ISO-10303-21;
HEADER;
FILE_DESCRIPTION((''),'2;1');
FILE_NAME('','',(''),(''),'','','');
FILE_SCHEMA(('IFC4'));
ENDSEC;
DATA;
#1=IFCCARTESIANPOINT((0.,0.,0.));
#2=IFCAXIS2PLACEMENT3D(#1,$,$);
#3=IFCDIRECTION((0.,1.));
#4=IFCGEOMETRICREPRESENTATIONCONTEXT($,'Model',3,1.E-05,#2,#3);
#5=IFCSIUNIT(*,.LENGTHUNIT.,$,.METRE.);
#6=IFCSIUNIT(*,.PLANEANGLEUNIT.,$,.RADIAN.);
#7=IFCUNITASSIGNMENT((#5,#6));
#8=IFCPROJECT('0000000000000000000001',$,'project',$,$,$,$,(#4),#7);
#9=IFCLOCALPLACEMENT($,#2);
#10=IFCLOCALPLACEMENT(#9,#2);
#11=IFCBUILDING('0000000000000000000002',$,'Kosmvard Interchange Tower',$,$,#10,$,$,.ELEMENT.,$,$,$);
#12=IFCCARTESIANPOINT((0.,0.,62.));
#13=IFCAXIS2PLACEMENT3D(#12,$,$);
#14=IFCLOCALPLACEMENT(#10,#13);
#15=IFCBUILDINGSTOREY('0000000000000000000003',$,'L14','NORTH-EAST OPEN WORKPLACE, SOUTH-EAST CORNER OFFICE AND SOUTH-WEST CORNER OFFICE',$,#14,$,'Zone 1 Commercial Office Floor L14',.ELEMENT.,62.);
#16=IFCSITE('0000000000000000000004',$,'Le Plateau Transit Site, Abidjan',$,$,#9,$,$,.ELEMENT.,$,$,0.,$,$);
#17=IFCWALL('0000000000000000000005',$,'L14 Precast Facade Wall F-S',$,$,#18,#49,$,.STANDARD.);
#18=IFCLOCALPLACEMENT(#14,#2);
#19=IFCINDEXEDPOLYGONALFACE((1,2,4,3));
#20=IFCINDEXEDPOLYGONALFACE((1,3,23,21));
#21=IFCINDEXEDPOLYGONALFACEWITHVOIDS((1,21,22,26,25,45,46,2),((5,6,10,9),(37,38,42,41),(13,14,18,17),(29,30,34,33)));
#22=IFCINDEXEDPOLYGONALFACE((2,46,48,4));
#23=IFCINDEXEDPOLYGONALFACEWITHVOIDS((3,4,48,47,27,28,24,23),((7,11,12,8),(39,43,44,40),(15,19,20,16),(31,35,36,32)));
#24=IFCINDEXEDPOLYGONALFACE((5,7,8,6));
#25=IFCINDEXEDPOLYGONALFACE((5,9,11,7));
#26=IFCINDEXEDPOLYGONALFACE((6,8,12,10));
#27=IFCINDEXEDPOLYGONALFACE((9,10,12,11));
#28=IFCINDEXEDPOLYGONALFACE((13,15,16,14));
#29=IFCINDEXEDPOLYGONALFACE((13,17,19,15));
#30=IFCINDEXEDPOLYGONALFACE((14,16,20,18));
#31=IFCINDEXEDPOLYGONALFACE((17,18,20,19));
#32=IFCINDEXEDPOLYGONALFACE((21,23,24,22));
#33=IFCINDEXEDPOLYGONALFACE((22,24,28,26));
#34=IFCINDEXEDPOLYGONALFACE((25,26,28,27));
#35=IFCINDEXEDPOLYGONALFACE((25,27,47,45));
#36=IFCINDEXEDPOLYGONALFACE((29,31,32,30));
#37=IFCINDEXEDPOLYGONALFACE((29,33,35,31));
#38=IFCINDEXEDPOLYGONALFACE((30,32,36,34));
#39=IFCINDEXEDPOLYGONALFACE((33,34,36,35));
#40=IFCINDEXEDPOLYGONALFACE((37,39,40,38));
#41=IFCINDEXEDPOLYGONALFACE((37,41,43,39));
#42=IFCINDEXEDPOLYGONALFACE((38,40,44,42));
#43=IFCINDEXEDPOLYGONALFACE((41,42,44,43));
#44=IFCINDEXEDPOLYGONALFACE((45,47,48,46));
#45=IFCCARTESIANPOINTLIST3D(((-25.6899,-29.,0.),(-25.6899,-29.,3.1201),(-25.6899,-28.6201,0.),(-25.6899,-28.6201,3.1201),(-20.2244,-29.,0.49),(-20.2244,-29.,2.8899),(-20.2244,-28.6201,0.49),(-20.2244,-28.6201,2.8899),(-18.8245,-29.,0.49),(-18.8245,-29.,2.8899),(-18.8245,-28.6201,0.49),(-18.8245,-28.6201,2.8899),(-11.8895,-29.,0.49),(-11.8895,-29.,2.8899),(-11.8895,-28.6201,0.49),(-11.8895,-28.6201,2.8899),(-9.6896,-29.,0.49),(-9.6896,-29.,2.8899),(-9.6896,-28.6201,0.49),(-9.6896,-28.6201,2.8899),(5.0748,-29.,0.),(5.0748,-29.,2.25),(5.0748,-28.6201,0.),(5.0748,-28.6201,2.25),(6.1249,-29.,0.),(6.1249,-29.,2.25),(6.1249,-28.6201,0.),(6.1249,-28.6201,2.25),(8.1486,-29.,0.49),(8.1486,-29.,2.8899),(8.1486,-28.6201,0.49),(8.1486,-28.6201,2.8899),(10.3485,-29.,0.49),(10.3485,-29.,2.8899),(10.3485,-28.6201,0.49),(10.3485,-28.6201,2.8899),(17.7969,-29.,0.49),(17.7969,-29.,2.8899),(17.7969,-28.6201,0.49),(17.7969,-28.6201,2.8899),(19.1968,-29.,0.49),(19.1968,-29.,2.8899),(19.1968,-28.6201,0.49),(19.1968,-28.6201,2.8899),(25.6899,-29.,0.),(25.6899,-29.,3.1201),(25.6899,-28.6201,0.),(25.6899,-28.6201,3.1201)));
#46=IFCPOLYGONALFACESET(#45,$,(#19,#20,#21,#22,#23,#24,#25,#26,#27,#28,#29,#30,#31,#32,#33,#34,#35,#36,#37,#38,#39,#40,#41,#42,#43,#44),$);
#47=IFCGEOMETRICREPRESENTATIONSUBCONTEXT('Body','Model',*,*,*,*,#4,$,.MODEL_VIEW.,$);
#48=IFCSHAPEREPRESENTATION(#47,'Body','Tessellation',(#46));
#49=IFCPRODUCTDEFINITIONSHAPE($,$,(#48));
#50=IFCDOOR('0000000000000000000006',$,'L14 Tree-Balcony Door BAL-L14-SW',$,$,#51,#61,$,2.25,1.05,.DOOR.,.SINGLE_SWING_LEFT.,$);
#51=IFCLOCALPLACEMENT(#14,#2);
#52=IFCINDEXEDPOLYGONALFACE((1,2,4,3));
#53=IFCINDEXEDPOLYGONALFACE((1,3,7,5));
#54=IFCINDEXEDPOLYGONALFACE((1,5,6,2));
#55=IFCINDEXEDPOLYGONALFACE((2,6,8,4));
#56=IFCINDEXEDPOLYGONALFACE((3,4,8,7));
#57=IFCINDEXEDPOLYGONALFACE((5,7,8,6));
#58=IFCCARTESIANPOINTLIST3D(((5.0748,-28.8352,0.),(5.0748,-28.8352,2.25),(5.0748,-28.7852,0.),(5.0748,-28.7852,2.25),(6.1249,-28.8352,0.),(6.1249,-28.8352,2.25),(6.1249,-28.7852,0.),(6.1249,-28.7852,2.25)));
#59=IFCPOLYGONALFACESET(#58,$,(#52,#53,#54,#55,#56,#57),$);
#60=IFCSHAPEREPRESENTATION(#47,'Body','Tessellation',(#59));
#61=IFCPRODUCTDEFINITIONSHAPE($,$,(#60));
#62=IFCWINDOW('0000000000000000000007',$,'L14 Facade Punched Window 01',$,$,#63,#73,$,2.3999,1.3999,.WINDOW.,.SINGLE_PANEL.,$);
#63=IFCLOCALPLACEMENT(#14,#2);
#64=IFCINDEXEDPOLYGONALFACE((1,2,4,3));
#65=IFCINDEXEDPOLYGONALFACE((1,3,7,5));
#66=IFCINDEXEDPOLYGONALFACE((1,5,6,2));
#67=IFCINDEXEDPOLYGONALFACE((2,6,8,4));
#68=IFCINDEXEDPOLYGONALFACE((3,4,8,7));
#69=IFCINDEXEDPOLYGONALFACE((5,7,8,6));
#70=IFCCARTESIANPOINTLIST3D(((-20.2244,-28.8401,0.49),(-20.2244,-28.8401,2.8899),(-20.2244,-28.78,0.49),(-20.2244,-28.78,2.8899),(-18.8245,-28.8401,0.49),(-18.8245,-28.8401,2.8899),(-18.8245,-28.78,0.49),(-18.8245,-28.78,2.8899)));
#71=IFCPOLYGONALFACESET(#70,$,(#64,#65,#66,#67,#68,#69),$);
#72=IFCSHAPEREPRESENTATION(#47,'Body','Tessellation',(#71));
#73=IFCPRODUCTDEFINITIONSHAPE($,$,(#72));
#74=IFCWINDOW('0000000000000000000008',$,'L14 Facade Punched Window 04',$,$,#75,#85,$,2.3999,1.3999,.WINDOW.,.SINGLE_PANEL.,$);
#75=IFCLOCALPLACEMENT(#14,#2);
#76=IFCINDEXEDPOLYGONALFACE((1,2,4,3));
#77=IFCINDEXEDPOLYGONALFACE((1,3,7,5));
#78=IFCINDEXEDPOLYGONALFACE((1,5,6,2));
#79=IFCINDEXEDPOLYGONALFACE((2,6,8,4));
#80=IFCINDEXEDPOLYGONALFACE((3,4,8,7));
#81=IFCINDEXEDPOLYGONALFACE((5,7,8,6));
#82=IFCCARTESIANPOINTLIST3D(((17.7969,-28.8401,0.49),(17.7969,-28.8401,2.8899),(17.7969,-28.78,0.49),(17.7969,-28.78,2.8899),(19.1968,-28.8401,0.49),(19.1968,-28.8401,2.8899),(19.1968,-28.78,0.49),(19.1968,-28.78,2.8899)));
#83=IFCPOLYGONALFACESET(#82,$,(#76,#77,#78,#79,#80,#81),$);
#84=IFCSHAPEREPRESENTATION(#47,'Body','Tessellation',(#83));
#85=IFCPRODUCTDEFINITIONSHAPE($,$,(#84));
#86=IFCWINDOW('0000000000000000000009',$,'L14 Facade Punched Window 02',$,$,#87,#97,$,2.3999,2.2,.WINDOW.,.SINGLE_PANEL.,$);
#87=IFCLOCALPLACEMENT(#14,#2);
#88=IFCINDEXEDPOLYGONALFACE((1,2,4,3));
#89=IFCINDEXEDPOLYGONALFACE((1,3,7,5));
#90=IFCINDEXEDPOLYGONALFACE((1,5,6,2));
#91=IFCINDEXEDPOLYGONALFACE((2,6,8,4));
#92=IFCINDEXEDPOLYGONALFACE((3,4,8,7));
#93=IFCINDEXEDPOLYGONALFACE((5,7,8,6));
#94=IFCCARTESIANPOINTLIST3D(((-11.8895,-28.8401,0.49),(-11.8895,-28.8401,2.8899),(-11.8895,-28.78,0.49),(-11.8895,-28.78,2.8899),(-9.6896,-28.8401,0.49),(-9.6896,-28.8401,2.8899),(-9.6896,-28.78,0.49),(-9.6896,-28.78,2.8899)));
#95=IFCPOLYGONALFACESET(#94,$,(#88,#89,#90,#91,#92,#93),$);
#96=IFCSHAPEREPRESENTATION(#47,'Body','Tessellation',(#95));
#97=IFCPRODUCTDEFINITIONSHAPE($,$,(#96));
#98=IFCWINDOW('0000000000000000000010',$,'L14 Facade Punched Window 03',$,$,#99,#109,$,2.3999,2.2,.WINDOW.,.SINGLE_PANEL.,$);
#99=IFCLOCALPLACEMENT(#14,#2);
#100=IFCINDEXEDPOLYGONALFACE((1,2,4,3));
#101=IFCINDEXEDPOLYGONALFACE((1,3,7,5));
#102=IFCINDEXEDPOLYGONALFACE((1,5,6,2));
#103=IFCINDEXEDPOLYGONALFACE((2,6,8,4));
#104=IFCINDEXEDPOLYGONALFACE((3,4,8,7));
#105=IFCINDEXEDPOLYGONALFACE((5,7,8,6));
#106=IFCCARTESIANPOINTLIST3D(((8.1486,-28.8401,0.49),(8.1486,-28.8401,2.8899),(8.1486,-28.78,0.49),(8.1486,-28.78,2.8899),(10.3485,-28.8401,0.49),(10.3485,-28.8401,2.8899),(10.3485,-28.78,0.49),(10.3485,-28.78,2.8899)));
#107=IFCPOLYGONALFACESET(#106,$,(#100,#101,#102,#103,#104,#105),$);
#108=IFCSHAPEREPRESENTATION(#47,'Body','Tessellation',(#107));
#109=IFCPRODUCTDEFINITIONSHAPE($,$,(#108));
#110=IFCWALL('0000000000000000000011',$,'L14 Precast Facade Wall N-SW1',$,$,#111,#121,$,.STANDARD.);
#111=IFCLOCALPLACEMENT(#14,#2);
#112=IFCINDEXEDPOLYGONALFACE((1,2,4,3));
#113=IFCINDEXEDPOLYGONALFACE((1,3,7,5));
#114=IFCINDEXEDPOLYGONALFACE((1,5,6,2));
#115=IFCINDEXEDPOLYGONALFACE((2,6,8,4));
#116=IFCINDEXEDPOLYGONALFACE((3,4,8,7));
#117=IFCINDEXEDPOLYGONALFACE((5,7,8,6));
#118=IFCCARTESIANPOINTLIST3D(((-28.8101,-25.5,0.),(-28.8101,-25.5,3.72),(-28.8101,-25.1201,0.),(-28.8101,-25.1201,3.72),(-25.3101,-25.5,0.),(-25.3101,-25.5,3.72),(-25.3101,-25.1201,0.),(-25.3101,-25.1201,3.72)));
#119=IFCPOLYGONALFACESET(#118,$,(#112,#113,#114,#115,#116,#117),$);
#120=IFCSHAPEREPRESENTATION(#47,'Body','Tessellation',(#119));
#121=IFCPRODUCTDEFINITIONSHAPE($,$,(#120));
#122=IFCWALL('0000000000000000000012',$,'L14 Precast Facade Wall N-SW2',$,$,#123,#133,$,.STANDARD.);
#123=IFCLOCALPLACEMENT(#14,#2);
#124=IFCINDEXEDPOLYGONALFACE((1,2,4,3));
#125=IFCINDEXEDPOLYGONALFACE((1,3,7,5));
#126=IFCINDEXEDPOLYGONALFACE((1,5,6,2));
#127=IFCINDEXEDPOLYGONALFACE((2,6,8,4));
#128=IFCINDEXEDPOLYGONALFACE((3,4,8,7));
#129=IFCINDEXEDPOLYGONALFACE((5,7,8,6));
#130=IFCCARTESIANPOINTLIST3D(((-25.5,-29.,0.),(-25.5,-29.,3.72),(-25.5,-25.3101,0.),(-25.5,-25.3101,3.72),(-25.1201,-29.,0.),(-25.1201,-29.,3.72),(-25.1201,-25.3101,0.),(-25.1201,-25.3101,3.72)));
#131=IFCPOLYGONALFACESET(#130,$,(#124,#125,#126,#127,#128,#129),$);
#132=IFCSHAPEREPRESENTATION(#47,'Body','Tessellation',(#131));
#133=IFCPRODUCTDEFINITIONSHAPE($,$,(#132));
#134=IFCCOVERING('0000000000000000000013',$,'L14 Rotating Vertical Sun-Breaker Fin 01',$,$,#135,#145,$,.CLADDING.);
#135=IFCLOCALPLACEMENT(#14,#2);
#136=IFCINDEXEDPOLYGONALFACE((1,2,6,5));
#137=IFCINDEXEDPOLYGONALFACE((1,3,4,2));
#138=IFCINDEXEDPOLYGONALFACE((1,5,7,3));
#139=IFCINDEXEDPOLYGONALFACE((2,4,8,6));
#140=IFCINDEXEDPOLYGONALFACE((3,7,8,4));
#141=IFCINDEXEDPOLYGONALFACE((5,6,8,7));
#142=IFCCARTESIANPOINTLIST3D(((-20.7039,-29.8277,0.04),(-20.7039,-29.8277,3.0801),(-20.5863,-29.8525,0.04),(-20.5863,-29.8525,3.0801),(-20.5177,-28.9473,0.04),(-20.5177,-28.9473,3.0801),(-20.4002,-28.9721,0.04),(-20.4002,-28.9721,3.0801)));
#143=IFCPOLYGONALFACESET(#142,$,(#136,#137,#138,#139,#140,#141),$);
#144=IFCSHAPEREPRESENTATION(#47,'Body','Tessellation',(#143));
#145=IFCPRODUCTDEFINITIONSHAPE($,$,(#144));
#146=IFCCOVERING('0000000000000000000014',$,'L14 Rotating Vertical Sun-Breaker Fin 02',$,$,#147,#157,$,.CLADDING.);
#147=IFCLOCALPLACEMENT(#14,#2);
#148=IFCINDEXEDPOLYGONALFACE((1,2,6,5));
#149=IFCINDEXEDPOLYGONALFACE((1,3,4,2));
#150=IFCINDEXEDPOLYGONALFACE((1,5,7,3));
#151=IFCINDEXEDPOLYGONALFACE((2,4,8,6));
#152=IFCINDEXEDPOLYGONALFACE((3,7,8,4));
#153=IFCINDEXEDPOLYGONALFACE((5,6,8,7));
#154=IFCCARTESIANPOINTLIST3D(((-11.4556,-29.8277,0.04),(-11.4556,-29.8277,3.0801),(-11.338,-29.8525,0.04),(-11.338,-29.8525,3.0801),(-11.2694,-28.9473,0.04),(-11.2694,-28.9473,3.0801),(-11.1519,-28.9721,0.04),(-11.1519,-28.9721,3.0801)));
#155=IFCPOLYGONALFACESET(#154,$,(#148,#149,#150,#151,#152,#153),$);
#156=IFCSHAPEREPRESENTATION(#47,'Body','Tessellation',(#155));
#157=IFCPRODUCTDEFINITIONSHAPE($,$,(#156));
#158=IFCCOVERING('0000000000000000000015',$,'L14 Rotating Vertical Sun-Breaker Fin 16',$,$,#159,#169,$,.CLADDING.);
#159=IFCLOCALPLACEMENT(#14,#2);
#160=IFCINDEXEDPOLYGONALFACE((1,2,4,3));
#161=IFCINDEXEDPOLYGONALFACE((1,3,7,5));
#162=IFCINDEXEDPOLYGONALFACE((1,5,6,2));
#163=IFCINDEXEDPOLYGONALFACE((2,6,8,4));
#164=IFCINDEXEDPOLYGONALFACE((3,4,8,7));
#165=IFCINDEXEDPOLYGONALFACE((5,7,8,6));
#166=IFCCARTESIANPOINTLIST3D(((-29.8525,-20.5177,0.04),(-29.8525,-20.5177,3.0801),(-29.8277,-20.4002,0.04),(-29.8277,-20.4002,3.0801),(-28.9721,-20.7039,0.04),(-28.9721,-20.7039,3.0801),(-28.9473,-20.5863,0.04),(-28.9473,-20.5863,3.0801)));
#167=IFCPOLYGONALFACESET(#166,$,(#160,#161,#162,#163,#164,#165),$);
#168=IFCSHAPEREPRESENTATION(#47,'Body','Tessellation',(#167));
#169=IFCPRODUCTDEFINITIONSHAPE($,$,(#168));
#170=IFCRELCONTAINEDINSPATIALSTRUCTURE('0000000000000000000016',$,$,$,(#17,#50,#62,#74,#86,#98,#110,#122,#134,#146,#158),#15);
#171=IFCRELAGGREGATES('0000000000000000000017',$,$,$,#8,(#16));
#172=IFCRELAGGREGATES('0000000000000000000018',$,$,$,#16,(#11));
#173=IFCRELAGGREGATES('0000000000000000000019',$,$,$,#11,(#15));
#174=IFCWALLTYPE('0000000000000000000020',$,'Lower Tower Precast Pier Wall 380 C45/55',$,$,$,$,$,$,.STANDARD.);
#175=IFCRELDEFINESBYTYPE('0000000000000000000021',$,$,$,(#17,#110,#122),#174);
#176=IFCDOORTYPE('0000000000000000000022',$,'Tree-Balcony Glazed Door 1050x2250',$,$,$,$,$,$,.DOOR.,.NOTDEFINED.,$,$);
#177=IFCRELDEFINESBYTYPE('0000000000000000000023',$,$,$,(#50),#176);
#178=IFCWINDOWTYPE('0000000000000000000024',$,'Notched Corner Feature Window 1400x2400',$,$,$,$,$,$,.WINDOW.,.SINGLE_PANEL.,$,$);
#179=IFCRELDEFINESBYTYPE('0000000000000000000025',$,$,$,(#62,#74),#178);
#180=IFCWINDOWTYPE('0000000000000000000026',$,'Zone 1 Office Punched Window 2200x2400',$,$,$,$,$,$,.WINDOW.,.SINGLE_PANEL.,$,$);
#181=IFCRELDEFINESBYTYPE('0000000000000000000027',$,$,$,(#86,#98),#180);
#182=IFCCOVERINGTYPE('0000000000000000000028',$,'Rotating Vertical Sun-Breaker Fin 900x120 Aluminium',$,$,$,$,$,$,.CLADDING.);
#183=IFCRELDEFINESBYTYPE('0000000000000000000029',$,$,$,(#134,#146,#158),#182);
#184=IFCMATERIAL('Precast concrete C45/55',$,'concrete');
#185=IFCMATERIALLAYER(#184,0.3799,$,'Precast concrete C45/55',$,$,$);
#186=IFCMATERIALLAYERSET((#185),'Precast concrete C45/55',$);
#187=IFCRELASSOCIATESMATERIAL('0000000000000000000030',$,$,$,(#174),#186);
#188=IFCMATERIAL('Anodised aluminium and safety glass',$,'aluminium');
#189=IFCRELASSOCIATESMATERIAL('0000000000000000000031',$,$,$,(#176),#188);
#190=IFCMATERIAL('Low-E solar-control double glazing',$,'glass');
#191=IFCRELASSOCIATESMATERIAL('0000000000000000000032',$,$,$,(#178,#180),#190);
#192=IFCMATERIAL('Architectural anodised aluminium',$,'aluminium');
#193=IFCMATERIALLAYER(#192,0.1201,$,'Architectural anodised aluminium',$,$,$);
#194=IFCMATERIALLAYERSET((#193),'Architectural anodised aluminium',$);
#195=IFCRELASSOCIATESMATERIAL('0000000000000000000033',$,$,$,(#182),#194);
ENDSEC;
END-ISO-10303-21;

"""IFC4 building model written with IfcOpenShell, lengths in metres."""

from ifc_helpers import new_model, si_unit, direction, frame, frame_2d, origin, origin_2d, place, context, subcontext, project, spatial, rectangle, extrude, source, transform, mapped, material, layer, layer_set, type_object, element, fill, save


model = new_model("IFC4")

# Units and contexts
model_context = context("Model", 3, precision=1e-05, world=origin(), true_north=direction((0.0, 1.0)))
body_context = subcontext(model_context, "Body", "Model", "MODEL_VIEW")
ifc_project = project(units=[si_unit("LENGTHUNIT", "METRE"), si_unit("PLANEANGLEUNIT", "RADIAN")], contexts=[model_context])

# Site, building, storey
site_placement = place(None, origin())
site = spatial("IfcSite", under=ifc_project, at=site_placement, Name="Le Plateau Transit Site, Abidjan", CompositionType="ELEMENT", RefElevation=0.0)
building_placement = place(site_placement, origin())
building = spatial("IfcBuilding", under=site, at=building_placement, Name="Kosmvard Interchange Tower", CompositionType="ELEMENT")
storey_placement = place(building_placement, frame((0.0, 0.0, 62.0)))
storey = spatial("IfcBuildingStorey", under=building, at=storey_placement, Name="L14", Description="NORTH-EAST OPEN WORKPLACE, SOUTH-EAST CORNER OFFICE AND SOUTH-WEST CORNER OFFICE", LongName="Zone 1 Commercial Office Floor L14", CompositionType="ELEMENT", Elevation=62.0)

# Shared definitions
ifc_material_1 = material(Name="Precast concrete C45/55", Category="concrete")

# Wall, openings, door, windows
ifc_layer_1 = layer(ifc_material_1, 0.3799, Name="Precast concrete C45/55")
ifc_layer_set_1 = layer_set([ifc_layer_1], Name="Precast concrete C45/55")
wall_type_1 = type_object("IfcWallType", Name="Lower Tower Precast Pier Wall 380 C45/55", PredefinedType="STANDARD", material=ifc_layer_set_1)
wall_1_placement = place(storey_placement, frame((-25.6899, -28.8101, 0.0), z_axis=(0.0, 0.0, 1.0), x_axis=(1.0, 0.0, 0.0)))
wall_1 = element("IfcWall", 1, at=wall_1_placement, inside=storey, type_object=wall_type_1, Name="L14 Precast Facade Wall F-S", PredefinedType="STANDARD", context=body_context, shape_type="SweptSolid", body=[
    extrude(rectangle(XDim=51.3799, YDim=0.3799, at=frame_2d((25.6899, 0.0))), origin(), (0.0, 0.0, 1.0), 3.1201),
])
opening_1_placement = place(wall_1_placement, frame((30.7649, 0.0, 0.0)))
opening_1 = element("IfcOpeningElement", 2, at=opening_1_placement, cuts=wall_1, PredefinedType="OPENING", context=body_context, shape_type="SweptSolid", body=[
    extrude(rectangle(XDim=1.05, YDim=2.25, at=frame_2d((0.5249, 1.125))), frame((0.0, 0.2, 0.0), z_axis=(0.0, -1.0, 0.0), x_axis=(1.0, 0.0, 0.0)), (0.0, 0.0, 1.0), 0.3999),
])
opening_2_placement = place(wall_1_placement, frame((5.4656, 0.0, 0.49)))
opening_2 = element("IfcOpeningElement", 3, at=opening_2_placement, cuts=wall_1, PredefinedType="OPENING", context=body_context, shape_type="SweptSolid", body=[
    extrude(rectangle(XDim=1.3999, YDim=2.3999, at=frame_2d((0.7, 1.2))), frame((0.0, 0.2, 0.0), z_axis=(0.0, -1.0, 0.0), x_axis=(1.0, 0.0, 0.0)), (0.0, 0.0, 1.0), 0.3999),
])
opening_3_placement = place(wall_1_placement, frame((13.8003, 0.0, 0.49)))
opening_3 = element("IfcOpeningElement", 4, at=opening_3_placement, cuts=wall_1, PredefinedType="OPENING", context=body_context, shape_type="SweptSolid", body=[
    extrude(rectangle(XDim=2.2, YDim=2.3999, at=frame_2d((1.1001, 1.2))), frame((0.0, 0.2, 0.0), z_axis=(0.0, -1.0, 0.0), x_axis=(1.0, 0.0, 0.0)), (0.0, 0.0, 1.0), 0.3999),
])
opening_4_placement = place(wall_1_placement, frame((33.8384, 0.0, 0.49)))
opening_4 = element("IfcOpeningElement", 5, at=opening_4_placement, cuts=wall_1, PredefinedType="OPENING", context=body_context, shape_type="SweptSolid", body=[
    extrude(rectangle(XDim=2.2, YDim=2.3999, at=frame_2d((1.1001, 1.2))), frame((0.0, 0.2, 0.0), z_axis=(0.0, -1.0, 0.0), x_axis=(1.0, 0.0, 0.0)), (0.0, 0.0, 1.0), 0.3999),
])
opening_5_placement = place(wall_1_placement, frame((43.4868, 0.0, 0.49)))
opening_5 = element("IfcOpeningElement", 6, at=opening_5_placement, cuts=wall_1, PredefinedType="OPENING", context=body_context, shape_type="SweptSolid", body=[
    extrude(rectangle(XDim=1.3999, YDim=2.3999, at=frame_2d((0.7, 1.2))), frame((0.0, 0.2, 0.0), z_axis=(0.0, -1.0, 0.0), x_axis=(1.0, 0.0, 0.0)), (0.0, 0.0, 1.0), 0.3999),
])
ifc_material_2 = material(Name="Anodised aluminium and safety glass", Category="aluminium")
door_type_1 = type_object("IfcDoorType", Name="Tree-Balcony Glazed Door 1050x2250", OperationType="NOTDEFINED", PredefinedType="DOOR", material=ifc_material_2)
shared_shape_1 = source(origin(), body_context, "Body", "SweptSolid", [
    extrude(rectangle(XDim=1.05, YDim=2.25, at=frame_2d((0.5249, 1.125))), frame((0.0, 0.0249, 0.0), z_axis=(0.0, -1.0, 0.0), x_axis=(1.0, 0.0, 0.0)), (0.0, 0.0, 1.0), 0.05),
])
door_1_placement = place(opening_1_placement, origin())
door_1 = element("IfcDoor", 7, at=door_1_placement, inside=storey, type_object=door_type_1, Name="L14 Tree-Balcony Door BAL-L14-SW", OperationType="SINGLE_SWING_LEFT", OverallHeight=2.25, OverallWidth=1.05, PredefinedType="DOOR", context=body_context, shape_type="MappedRepresentation", body=[
    mapped(shared_shape_1, transform((0.0, 0.0, 0.0), scale=1.0)),
])
fill(opening_1, door_1)
ifc_material_3 = material(Name="Low-E solar-control double glazing", Category="glass")
window_type_1 = type_object("IfcWindowType", Name="Notched Corner Feature Window 1400x2400", PartitioningType="SINGLE_PANEL", PredefinedType="WINDOW", material=ifc_material_3)
shared_shape_2 = source(origin(), body_context, "Body", "SweptSolid", [
    extrude(rectangle(XDim=1.3999, YDim=2.3999, at=frame_2d((0.7, 1.2))), frame((0.0, 0.03, 0.0), z_axis=(0.0, -1.0, 0.0), x_axis=(1.0, 0.0, 0.0)), (0.0, 0.0, 1.0), 0.0601),
])
window_1_placement = place(opening_2_placement, origin())
window_1 = element("IfcWindow", 8, at=window_1_placement, inside=storey, type_object=window_type_1, Name="L14 Facade Punched Window 01", OverallHeight=2.3999, OverallWidth=1.3999, PartitioningType="SINGLE_PANEL", PredefinedType="WINDOW", context=body_context, shape_type="MappedRepresentation", body=[
    mapped(shared_shape_2, transform((0.0, 0.0, 0.0), scale=1.0)),
])
fill(opening_2, window_1)
window_2_placement = place(opening_5_placement, origin())
window_2 = element("IfcWindow", 9, at=window_2_placement, inside=storey, type_object=window_type_1, Name="L14 Facade Punched Window 04", OverallHeight=2.3999, OverallWidth=1.3999, PartitioningType="SINGLE_PANEL", PredefinedType="WINDOW", context=body_context, shape_type="MappedRepresentation", body=[
    mapped(shared_shape_2, transform((0.0, 0.0, 0.0), scale=1.0)),
])
fill(opening_5, window_2)
window_type_2 = type_object("IfcWindowType", Name="Zone 1 Office Punched Window 2200x2400", PartitioningType="SINGLE_PANEL", PredefinedType="WINDOW", material=ifc_material_3)
shared_shape_3 = source(origin(), body_context, "Body", "SweptSolid", [
    extrude(rectangle(XDim=2.2, YDim=2.3999, at=frame_2d((1.1001, 1.2))), frame((0.0, 0.03, 0.0), z_axis=(0.0, -1.0, 0.0), x_axis=(1.0, 0.0, 0.0)), (0.0, 0.0, 1.0), 0.0601),
])
window_3_placement = place(opening_3_placement, origin())
window_3 = element("IfcWindow", 10, at=window_3_placement, inside=storey, type_object=window_type_2, Name="L14 Facade Punched Window 02", OverallHeight=2.3999, OverallWidth=2.2, PartitioningType="SINGLE_PANEL", PredefinedType="WINDOW", context=body_context, shape_type="MappedRepresentation", body=[
    mapped(shared_shape_3, transform((0.0, 0.0, 0.0), scale=1.0)),
])
fill(opening_3, window_3)
window_4_placement = place(opening_4_placement, origin())
window_4 = element("IfcWindow", 11, at=window_4_placement, inside=storey, type_object=window_type_2, Name="L14 Facade Punched Window 03", OverallHeight=2.3999, OverallWidth=2.2, PartitioningType="SINGLE_PANEL", PredefinedType="WINDOW", context=body_context, shape_type="MappedRepresentation", body=[
    mapped(shared_shape_3, transform((0.0, 0.0, 0.0), scale=1.0)),
])
fill(opening_4, window_4)

# Walls
wall_2_placement = place(storey_placement, frame((-28.8101, -25.3101, 0.0), z_axis=(0.0, 0.0, 1.0), x_axis=(1.0, 0.0, 0.0)))
element("IfcWall", 12, at=wall_2_placement, inside=storey, type_object=wall_type_1, Name="L14 Precast Facade Wall N-SW1", PredefinedType="STANDARD", context=body_context, shape_type="SweptSolid", body=[
    extrude(rectangle(XDim=3.5, YDim=0.3799, at=frame_2d((1.75, 0.0))), origin(), (0.0, 0.0, 1.0), 3.72),
])
wall_3_placement = place(storey_placement, frame((-25.3101, -25.3101, 0.0), z_axis=(0.0, 0.0, 1.0), x_axis=(0.0, -1.0, 0.0)))
element("IfcWall", 13, at=wall_3_placement, inside=storey, type_object=wall_type_1, Name="L14 Precast Facade Wall N-SW2", PredefinedType="STANDARD", context=body_context, shape_type="SweptSolid", body=[
    extrude(rectangle(XDim=3.6899, YDim=0.3799, at=frame_2d((1.845, 0.0))), origin(), (0.0, 0.0, 1.0), 3.72),
])

# Coverings
ifc_material_4 = material(Name="Architectural anodised aluminium", Category="aluminium")
ifc_layer_2 = layer(ifc_material_4, 0.1201, Name="Architectural anodised aluminium")
ifc_layer_set_2 = layer_set([ifc_layer_2], Name="Architectural anodised aluminium")
covering_type = type_object("IfcCoveringType", Name="Rotating Vertical Sun-Breaker Fin 900x120 Aluminium", PredefinedType="CLADDING", material=ifc_layer_set_2)
shared_shape_4 = source(origin(), body_context, "Body", "SweptSolid", [
    extrude(rectangle(XDim=0.8999, YDim=0.1201, at=origin_2d()), origin(), (0.0, 0.0, 1.0), 3.04),
])
for number, where, z_axis, x_axis, name in (
    (14, (-20.552, -29.3999, 0.04), (0.0, 0.0, 1.0), (-0.206887, -0.978365, 0.0), "L14 Rotating Vertical Sun-Breaker Fin 01"),
    (15, (-11.3037, -29.3999, 0.04), (0.0, 0.0, 1.0), (-0.206887, -0.978365, 0.0), "L14 Rotating Vertical Sun-Breaker Fin 02"),
    (16, (-29.3999, -20.552, 0.04), (0.0, 0.0, 1.0), (-0.978365, 0.206887, 0.0), "L14 Rotating Vertical Sun-Breaker Fin 16"),
):
    element("IfcCovering", number, at=place(storey_placement, frame(where, z_axis=z_axis, x_axis=x_axis)), inside=storey, type_object=covering_type, Name=name, PredefinedType="CLADDING", context=body_context, shape_type="MappedRepresentation", body=[
        mapped(shared_shape_4, transform((0.0, 0.0, 0.0), scale=1.0)),
    ])

save(model, "model.ifc")
